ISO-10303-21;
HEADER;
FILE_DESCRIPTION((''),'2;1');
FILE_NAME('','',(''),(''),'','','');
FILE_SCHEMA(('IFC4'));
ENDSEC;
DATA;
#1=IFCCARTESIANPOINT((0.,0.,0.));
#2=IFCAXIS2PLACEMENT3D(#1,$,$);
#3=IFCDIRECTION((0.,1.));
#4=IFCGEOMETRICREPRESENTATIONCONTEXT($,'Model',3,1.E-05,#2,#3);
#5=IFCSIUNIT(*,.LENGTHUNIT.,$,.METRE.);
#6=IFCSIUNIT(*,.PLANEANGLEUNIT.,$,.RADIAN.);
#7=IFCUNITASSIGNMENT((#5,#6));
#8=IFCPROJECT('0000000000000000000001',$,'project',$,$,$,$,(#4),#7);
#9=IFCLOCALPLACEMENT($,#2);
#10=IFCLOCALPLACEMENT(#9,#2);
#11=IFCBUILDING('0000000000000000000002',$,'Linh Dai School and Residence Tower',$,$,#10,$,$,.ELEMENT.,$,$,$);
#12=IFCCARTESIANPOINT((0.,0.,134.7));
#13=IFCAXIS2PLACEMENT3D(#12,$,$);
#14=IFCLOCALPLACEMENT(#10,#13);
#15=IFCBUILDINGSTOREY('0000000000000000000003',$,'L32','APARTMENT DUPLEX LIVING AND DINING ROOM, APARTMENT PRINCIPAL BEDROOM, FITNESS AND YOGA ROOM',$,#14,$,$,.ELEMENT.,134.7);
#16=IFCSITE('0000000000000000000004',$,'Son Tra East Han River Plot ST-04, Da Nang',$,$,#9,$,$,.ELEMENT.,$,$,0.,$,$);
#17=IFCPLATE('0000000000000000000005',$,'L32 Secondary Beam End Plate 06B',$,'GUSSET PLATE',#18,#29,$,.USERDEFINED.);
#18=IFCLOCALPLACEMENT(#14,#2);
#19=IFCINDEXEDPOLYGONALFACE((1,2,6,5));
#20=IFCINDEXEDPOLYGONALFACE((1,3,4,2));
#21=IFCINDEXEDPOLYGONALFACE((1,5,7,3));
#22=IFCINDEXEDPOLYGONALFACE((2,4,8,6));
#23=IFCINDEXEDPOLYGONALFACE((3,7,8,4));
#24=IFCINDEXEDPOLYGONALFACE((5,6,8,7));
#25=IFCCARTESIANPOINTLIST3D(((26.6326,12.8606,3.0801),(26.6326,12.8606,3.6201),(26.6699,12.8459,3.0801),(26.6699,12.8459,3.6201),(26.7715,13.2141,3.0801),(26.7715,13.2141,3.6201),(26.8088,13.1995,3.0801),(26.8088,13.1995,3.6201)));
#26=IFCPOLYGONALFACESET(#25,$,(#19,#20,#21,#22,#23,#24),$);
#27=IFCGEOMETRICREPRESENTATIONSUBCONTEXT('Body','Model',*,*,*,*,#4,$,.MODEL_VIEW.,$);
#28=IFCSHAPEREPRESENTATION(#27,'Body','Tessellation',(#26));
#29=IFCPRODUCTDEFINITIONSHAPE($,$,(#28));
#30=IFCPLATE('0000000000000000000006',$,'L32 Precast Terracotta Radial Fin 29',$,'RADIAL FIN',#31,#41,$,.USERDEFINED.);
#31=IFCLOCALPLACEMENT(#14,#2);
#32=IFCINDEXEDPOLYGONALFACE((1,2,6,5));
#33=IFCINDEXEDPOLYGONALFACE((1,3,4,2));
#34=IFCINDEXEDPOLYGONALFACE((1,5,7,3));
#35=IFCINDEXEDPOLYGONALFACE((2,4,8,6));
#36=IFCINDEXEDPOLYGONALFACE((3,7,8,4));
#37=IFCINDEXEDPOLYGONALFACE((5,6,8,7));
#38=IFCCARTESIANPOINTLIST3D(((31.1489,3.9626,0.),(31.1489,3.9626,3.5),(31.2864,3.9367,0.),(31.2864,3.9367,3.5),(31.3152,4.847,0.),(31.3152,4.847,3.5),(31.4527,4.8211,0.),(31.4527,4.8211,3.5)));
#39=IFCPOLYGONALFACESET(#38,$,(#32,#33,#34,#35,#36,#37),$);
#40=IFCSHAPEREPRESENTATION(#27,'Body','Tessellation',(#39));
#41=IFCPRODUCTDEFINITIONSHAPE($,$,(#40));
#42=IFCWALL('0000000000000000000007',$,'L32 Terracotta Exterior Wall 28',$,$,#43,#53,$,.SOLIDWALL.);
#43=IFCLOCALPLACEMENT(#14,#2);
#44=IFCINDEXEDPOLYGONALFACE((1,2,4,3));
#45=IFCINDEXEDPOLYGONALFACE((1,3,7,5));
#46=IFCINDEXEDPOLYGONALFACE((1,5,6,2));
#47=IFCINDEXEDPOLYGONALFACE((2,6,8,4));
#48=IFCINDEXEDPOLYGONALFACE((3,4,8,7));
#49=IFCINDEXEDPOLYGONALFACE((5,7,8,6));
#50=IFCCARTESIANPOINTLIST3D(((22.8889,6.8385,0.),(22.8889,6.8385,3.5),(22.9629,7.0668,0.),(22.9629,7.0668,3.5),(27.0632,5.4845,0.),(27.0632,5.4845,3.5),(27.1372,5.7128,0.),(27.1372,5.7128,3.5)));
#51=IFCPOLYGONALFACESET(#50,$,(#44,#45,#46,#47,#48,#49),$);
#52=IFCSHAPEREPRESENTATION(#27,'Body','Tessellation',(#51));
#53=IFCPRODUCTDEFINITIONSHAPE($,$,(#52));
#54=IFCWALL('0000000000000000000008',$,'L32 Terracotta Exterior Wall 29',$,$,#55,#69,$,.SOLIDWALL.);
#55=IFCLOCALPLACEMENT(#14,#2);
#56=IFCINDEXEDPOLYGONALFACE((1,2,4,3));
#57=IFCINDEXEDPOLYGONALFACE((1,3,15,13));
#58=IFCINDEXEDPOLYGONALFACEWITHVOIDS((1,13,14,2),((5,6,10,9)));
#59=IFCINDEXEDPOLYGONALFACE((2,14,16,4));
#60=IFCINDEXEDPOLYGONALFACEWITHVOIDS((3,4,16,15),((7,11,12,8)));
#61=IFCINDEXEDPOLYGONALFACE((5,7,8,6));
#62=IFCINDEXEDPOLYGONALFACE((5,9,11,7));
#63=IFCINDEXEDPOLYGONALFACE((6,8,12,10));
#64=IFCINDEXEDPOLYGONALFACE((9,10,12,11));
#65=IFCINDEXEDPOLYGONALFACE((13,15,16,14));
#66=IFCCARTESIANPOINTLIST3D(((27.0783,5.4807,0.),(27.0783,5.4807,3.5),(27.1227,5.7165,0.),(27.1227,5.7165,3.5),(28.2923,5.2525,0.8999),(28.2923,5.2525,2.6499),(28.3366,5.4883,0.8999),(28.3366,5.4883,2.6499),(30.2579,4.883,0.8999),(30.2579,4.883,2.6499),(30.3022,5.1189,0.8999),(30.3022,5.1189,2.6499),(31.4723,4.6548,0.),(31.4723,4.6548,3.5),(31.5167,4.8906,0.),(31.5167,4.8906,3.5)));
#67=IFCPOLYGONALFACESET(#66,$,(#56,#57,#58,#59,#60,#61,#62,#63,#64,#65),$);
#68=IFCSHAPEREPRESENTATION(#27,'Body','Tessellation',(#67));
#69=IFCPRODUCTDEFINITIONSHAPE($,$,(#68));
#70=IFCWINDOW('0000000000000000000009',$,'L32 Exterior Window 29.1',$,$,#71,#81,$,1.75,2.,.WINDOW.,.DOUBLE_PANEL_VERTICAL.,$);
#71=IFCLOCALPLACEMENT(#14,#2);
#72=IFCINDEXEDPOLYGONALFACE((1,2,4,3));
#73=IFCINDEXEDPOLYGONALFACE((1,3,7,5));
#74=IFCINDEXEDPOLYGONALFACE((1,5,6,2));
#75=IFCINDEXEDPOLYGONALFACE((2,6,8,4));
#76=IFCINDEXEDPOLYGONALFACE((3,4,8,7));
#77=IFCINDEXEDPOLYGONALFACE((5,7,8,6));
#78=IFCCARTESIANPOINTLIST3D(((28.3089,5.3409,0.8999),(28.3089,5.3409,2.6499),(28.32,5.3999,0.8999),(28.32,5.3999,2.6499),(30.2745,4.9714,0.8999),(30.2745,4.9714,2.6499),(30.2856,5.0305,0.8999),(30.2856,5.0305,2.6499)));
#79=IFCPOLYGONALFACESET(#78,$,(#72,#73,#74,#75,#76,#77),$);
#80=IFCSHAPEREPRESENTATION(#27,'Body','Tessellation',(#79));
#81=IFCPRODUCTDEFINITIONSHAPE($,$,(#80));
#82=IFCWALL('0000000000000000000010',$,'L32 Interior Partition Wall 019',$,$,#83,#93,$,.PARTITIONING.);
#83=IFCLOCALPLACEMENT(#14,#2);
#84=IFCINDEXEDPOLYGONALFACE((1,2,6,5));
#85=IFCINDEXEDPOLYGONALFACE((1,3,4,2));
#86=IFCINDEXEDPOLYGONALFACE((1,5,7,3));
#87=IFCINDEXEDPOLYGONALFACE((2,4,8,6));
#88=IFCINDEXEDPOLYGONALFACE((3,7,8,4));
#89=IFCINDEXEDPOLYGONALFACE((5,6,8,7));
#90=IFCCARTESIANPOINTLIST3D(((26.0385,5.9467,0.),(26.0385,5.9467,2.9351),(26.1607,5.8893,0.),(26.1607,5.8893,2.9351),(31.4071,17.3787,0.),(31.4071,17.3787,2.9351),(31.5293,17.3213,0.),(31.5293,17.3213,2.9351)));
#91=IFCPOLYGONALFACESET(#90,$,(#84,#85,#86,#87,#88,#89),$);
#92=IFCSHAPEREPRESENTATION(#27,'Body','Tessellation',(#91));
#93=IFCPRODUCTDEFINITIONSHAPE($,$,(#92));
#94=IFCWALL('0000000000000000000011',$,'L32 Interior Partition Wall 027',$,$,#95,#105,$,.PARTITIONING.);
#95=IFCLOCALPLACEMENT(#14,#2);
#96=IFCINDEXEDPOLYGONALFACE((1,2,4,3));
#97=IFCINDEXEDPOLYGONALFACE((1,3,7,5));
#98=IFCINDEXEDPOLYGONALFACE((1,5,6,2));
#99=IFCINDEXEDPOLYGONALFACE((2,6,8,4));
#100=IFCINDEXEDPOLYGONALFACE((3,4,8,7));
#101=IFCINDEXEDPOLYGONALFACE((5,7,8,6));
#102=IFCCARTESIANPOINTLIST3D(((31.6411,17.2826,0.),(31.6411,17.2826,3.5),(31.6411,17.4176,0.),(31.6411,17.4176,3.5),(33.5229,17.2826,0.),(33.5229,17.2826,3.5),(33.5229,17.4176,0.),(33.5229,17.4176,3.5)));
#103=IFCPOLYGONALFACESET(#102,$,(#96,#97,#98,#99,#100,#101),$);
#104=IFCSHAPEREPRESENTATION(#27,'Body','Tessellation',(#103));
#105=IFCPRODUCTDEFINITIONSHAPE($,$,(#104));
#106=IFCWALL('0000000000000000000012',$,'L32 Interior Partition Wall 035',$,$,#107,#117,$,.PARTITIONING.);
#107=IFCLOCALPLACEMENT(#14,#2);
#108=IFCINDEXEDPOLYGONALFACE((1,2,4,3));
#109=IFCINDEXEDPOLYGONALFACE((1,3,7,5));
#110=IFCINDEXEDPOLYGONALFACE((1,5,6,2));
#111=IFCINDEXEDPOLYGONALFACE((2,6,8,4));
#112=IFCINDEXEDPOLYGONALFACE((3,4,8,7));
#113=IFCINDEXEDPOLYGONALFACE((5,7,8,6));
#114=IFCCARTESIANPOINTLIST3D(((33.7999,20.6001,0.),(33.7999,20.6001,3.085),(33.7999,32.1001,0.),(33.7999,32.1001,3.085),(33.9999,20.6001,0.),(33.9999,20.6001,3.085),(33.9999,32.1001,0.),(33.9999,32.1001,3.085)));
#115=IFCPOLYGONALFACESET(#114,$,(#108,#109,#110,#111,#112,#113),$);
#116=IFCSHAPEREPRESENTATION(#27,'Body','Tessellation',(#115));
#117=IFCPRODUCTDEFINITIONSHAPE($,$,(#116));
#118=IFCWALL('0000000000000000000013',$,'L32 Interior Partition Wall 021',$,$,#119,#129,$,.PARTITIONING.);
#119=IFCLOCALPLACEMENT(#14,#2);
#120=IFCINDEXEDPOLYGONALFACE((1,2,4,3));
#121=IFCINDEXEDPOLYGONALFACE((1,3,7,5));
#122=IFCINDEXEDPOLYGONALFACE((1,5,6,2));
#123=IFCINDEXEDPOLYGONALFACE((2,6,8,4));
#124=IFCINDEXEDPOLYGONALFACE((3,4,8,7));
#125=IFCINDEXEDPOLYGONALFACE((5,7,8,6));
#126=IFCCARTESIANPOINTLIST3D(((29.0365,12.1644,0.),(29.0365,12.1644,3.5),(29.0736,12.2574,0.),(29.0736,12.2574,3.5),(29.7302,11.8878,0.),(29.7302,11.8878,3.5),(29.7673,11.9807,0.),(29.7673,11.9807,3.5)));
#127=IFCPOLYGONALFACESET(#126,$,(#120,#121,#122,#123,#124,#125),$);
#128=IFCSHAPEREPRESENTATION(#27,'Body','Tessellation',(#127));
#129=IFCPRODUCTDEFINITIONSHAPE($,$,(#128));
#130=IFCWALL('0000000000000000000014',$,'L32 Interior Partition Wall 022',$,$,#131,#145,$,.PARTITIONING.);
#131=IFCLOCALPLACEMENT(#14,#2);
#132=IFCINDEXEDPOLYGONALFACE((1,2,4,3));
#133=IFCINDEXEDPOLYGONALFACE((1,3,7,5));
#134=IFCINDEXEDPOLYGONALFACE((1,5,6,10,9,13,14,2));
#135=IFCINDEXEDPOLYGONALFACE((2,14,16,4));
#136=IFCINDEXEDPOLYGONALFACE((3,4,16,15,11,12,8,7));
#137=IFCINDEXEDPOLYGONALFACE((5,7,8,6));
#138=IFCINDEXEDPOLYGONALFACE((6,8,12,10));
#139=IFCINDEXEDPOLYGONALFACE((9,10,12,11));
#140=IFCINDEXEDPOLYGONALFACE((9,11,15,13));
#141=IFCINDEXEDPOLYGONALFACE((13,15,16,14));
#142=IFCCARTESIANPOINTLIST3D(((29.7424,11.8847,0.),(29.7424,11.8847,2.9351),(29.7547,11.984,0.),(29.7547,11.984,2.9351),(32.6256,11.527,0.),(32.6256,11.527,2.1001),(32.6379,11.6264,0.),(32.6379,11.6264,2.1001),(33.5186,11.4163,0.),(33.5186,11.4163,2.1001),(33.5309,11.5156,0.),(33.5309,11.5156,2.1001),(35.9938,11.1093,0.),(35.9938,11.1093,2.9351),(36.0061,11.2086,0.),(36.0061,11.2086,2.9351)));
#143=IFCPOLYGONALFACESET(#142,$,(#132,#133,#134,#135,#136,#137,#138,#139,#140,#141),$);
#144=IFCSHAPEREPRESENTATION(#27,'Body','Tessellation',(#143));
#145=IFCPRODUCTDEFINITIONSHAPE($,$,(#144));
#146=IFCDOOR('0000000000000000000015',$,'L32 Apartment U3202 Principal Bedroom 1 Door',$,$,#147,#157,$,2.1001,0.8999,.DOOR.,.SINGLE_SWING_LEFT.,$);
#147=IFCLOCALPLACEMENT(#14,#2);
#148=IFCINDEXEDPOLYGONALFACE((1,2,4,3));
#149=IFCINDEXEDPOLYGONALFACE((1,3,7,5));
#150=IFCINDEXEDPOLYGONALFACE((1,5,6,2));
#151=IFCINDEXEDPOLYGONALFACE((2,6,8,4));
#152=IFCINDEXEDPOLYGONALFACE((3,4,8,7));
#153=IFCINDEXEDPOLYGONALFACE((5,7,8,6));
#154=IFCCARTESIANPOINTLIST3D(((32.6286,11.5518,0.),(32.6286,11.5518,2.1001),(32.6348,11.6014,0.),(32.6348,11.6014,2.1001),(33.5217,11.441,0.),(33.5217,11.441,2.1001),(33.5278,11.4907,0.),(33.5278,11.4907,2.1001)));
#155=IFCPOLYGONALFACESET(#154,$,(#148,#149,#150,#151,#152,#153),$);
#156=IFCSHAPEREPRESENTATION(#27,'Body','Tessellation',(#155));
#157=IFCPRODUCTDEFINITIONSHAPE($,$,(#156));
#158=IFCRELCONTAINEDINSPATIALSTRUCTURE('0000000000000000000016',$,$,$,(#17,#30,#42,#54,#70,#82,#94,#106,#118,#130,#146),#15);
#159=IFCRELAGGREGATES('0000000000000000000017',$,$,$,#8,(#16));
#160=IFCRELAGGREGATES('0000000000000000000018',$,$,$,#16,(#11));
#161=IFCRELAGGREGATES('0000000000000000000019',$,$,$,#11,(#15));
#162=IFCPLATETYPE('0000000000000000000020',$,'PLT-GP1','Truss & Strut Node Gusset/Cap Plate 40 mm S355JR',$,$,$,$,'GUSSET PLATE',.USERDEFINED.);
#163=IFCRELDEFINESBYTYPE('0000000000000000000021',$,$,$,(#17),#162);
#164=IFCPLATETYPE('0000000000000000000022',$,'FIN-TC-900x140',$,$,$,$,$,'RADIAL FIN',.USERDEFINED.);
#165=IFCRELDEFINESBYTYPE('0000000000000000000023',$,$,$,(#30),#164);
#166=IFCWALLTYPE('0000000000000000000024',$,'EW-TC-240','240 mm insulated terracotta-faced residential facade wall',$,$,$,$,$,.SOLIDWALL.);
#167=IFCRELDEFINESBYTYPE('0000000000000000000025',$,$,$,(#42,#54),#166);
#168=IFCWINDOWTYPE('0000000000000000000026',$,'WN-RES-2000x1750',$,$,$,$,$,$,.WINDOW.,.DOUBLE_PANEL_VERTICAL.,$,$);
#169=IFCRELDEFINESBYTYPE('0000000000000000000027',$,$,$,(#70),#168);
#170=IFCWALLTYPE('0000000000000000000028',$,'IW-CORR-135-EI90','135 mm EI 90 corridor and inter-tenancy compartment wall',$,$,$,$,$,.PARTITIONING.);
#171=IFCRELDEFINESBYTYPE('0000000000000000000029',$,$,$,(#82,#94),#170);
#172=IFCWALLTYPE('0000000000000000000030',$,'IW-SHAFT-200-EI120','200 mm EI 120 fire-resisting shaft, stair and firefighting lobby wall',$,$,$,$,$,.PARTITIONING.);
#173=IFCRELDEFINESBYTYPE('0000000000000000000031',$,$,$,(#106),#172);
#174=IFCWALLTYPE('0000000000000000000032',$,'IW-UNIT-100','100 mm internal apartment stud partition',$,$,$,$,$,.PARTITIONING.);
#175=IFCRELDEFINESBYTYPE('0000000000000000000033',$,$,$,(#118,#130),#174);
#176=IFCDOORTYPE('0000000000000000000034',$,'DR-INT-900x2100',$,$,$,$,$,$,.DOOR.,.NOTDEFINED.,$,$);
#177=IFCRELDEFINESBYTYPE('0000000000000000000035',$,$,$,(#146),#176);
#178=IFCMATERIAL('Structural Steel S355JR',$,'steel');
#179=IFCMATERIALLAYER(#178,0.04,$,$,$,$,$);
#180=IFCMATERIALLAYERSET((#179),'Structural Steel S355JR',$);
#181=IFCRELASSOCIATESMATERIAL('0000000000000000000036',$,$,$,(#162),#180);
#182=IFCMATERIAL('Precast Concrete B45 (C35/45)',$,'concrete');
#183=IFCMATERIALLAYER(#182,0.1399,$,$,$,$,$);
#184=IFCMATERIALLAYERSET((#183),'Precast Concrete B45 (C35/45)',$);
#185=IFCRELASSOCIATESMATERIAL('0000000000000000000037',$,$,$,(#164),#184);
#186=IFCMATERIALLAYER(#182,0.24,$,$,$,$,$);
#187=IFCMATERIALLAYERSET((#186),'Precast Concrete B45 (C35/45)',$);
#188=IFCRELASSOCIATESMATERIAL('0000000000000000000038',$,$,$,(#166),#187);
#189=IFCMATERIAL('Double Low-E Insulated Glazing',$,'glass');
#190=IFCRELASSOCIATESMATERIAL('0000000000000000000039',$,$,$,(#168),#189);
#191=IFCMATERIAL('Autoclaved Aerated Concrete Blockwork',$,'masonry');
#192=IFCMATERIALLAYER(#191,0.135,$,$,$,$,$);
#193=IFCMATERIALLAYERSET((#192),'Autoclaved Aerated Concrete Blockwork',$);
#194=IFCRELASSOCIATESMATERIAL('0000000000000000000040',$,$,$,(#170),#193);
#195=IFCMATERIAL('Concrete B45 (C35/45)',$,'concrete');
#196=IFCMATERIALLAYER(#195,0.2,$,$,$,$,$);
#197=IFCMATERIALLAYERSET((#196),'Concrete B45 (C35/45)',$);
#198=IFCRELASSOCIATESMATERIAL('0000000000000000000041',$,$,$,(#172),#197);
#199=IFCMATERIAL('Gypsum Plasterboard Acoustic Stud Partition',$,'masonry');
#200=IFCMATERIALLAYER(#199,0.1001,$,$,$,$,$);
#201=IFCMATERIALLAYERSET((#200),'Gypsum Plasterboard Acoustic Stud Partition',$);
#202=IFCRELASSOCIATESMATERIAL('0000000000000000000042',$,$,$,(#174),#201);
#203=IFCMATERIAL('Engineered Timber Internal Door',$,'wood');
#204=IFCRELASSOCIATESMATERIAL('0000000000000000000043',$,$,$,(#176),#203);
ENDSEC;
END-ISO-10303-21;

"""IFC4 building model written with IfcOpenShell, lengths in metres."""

from ifc_helpers import new_model, si_unit, direction, frame, frame_2d, origin, origin_2d, place, context, subcontext, project, spatial, rectangle, extrude, source, transform, mapped, material, layer, layer_set, type_object, element, fill, save


model = new_model("IFC4")

# Units and contexts
model_context = context("Model", 3, precision=1e-05, world=origin(), true_north=direction((0.0, 1.0)))
body_context = subcontext(model_context, "Body", "Model", "MODEL_VIEW")
ifc_project = project(units=[si_unit("LENGTHUNIT", "METRE"), si_unit("PLANEANGLEUNIT", "RADIAN")], contexts=[model_context])

# Site, building, storey
site_placement = place(None, origin())
site = spatial("IfcSite", under=ifc_project, at=site_placement, Name="Son Tra East Han River Plot ST-04, Da Nang", CompositionType="ELEMENT", RefElevation=0.0)
building_placement = place(site_placement, origin())
building = spatial("IfcBuilding", under=site, at=building_placement, Name="Linh Dai School and Residence Tower", CompositionType="ELEMENT")
storey_placement = place(building_placement, frame((0.0, 0.0, 134.7)))
storey = spatial("IfcBuildingStorey", under=building, at=storey_placement, Name="L32", Description="APARTMENT DUPLEX LIVING AND DINING ROOM, APARTMENT PRINCIPAL BEDROOM, FITNESS AND YOGA ROOM", CompositionType="ELEMENT", Elevation=134.7)

# Shared definitions
ifc_material_1 = material(Name="Structural Steel S355JR", Category="steel")

# Plates
ifc_layer_1 = layer(ifc_material_1, 0.04)
ifc_layer_set_1 = layer_set([ifc_layer_1], Name="Structural Steel S355JR")
plate_type_1 = type_object("IfcPlateType", Name="PLT-GP1", Description="Truss & Strut Node Gusset/Cap Plate 40 mm S355JR", ElementType="GUSSET PLATE", PredefinedType="USERDEFINED", material=ifc_layer_set_1)
shared_shape_1 = source(origin(), body_context, "Body", "SweptSolid", [
    extrude(rectangle(XDim=0.04, YDim=0.3799, at=origin_2d()), origin(), (0.0, 0.0, 1.0), 0.54),
])
plate_1_placement = place(storey_placement, frame((26.7207, 13.03, 3.0801), z_axis=(0.0, 0.0, 1.0), x_axis=(0.930752, -0.36565, 0.0)))
element("IfcPlate", 1, at=plate_1_placement, inside=storey, type_object=plate_type_1, Name="L32 Secondary Beam End Plate 06B", ObjectType="GUSSET PLATE", PredefinedType="USERDEFINED", context=body_context, shape_type="MappedRepresentation", body=[
    mapped(shared_shape_1, transform((0.0, 0.0, 0.0), x_axis=(1.0, 0.0, 0.0), y_axis=(0.0, 1.0, 0.0), z_axis=(0.0, 0.0, 1.0), scale=1.0)),
])
ifc_material_2 = material(Name="Precast Concrete B45 (C35/45)", Category="concrete")
ifc_layer_2 = layer(ifc_material_2, 0.1399)
ifc_layer_set_2 = layer_set([ifc_layer_2], Name="Precast Concrete B45 (C35/45)")
plate_type_2 = type_object("IfcPlateType", Name="FIN-TC-900x140", ElementType="RADIAL FIN", PredefinedType="USERDEFINED", material=ifc_layer_set_2)
shared_shape_2 = source(origin(), body_context, "Body", "SweptSolid", [
    extrude(rectangle(XDim=0.8999, YDim=0.1399, at=origin_2d()), origin(), (0.0, 0.0, 1.0), 3.5),
])
plate_2_placement = place(storey_placement, frame((31.3008, 4.3918, 0.0), z_axis=(0.0, 0.0, 1.0), x_axis=(-0.184755, -0.982785, 0.0)))
element("IfcPlate", 2, at=plate_2_placement, inside=storey, type_object=plate_type_2, Name="L32 Precast Terracotta Radial Fin 29", ObjectType="RADIAL FIN", PredefinedType="USERDEFINED", context=body_context, shape_type="MappedRepresentation", body=[
    mapped(shared_shape_2, transform((0.0, 0.0, 0.0), x_axis=(1.0, 0.0, 0.0), y_axis=(0.0, 1.0, 0.0), z_axis=(0.0, 0.0, 1.0), scale=1.0)),
])

# Wall
ifc_layer_3 = layer(ifc_material_2, 0.24)
ifc_layer_set_3 = layer_set([ifc_layer_3], Name="Precast Concrete B45 (C35/45)")
wall_type_1 = type_object("IfcWallType", Name="EW-TC-240", Description="240 mm insulated terracotta-faced residential facade wall", PredefinedType="SOLIDWALL", material=ifc_layer_set_3)
wall_1_placement = place(storey_placement, frame((27.1003, 5.5986, 0.0), z_axis=(0.0, 0.0, 1.0), x_axis=(-0.951211, 0.30854, 0.0)))
element("IfcWall", 3, at=wall_1_placement, inside=storey, type_object=wall_type_1, Name="L32 Terracotta Exterior Wall 28", PredefinedType="SOLIDWALL", context=body_context, shape_type="SweptSolid", body=[
    extrude(rectangle(XDim=4.3884, YDim=0.24, at=frame_2d((2.1943, 0.0))), origin(), (0.0, 0.0, 1.0), 3.5),
])

# Wall, opening, window
wall_2_placement = place(storey_placement, frame((31.4944, 4.7727, 0.0), z_axis=(0.0, 0.0, 1.0), x_axis=(-0.982789, 0.18473, 0.0)))
wall_2 = element("IfcWall", 4, at=wall_2_placement, inside=storey, type_object=wall_type_1, Name="L32 Terracotta Exterior Wall 29", PredefinedType="SOLIDWALL", context=body_context, shape_type="SweptSolid", body=[
    extrude(rectangle(XDim=4.4709, YDim=0.24, at=frame_2d((2.2354, 0.0))), origin(), (0.0, 0.0, 1.0), 3.5),
])
opening_1_placement = place(wall_2_placement, frame((1.2356, 0.0, 0.8999)))
opening_1 = element("IfcOpeningElement", 5, at=opening_1_placement, cuts=wall_2, PredefinedType="OPENING", context=body_context, shape_type="SweptSolid", body=[
    extrude(rectangle(XDim=2.0, YDim=1.75, at=origin_2d()), frame((1.0, 0.1299, 0.875), z_axis=(0.0, -1.0, 0.0), x_axis=(1.0, 0.0, 0.0)), (0.0, 0.0, 1.0), 0.26),
])
ifc_material_3 = material(Name="Double Low-E Insulated Glazing", Category="glass")
window_type = type_object("IfcWindowType", Name="WN-RES-2000x1750", PartitioningType="DOUBLE_PANEL_VERTICAL", PredefinedType="WINDOW", material=ifc_material_3)
shared_shape_3 = source(origin(), body_context, "Body", "SweptSolid", [
    extrude(rectangle(XDim=2.0, YDim=1.75, at=origin_2d()), frame((1.0, 0.03, 0.875), z_axis=(0.0, -1.0, 0.0), x_axis=(1.0, 0.0, 0.0)), (0.0, 0.0, 1.0), 0.0601),
])
window_placement = place(opening_1_placement, origin())
window = element("IfcWindow", 6, at=window_placement, inside=storey, type_object=window_type, Name="L32 Exterior Window 29.1", OverallHeight=1.75, OverallWidth=2.0, PartitioningType="DOUBLE_PANEL_VERTICAL", PredefinedType="WINDOW", context=body_context, shape_type="MappedRepresentation", body=[
    mapped(shared_shape_3, transform((0.0, 0.0, 0.0), x_axis=(1.0, 0.0, 0.0), y_axis=(0.0, 1.0, 0.0), z_axis=(0.0, 0.0, 1.0), scale=1.0)),
])
fill(opening_1, window)

# Walls
ifc_material_4 = material(Name="Autoclaved Aerated Concrete Blockwork", Category="masonry")
ifc_layer_4 = layer(ifc_material_4, 0.135)
ifc_layer_set_4 = layer_set([ifc_layer_4], Name="Autoclaved Aerated Concrete Blockwork")
wall_type_2 = type_object("IfcWallType", Name="IW-CORR-135-EI90", Description="135 mm EI 90 corridor and inter-tenancy compartment wall", PredefinedType="PARTITIONING", material=ifc_layer_set_4)
wall_3_placement = place(storey_placement, frame((26.0996, 5.918, 0.0), z_axis=(0.0, 0.0, 1.0), x_axis=(0.425073, 0.905159, 0.0)))
element("IfcWall", 7, at=wall_3_placement, inside=storey, type_object=wall_type_2, Name="L32 Interior Partition Wall 019", PredefinedType="PARTITIONING", context=body_context, shape_type="SweptSolid", body=[
    extrude(rectangle(XDim=12.6299, YDim=0.135, at=frame_2d((6.3149, 0.0))), origin(), (0.0, 0.0, 1.0), 2.9351),
])
wall_4_placement = place(storey_placement, frame((31.6411, 17.3501, 0.0), z_axis=(0.0, 0.0, 1.0), x_axis=(1.0, 0.0, 0.0)))
element("IfcWall", 8, at=wall_4_placement, inside=storey, type_object=wall_type_2, Name="L32 Interior Partition Wall 027", PredefinedType="PARTITIONING", context=body_context, shape_type="SweptSolid", body=[
    extrude(rectangle(XDim=1.8818, YDim=0.135, at=frame_2d((0.9409, 0.0))), origin(), (0.0, 0.0, 1.0), 3.5),
])
ifc_material_5 = material(Name="Concrete B45 (C35/45)", Category="concrete")
ifc_layer_5 = layer(ifc_material_5, 0.2)
ifc_layer_set_5 = layer_set([ifc_layer_5], Name="Concrete B45 (C35/45)")
wall_type_3 = type_object("IfcWallType", Name="IW-SHAFT-200-EI120", Description="200 mm EI 120 fire-resisting shaft, stair and firefighting lobby wall", PredefinedType="PARTITIONING", material=ifc_layer_set_5)
wall_5_placement = place(storey_placement, frame((33.8999, 20.6001, 0.0), z_axis=(0.0, 0.0, 1.0), x_axis=(0.0, 1.0, 0.0)))
element("IfcWall", 9, at=wall_5_placement, inside=storey, type_object=wall_type_3, Name="L32 Interior Partition Wall 035", PredefinedType="PARTITIONING", context=body_context, shape_type="SweptSolid", body=[
    extrude(rectangle(XDim=11.5, YDim=0.2, at=frame_2d((5.75, 0.0))), origin(), (0.0, 0.0, 1.0), 3.085),
])
ifc_material_6 = material(Name="Gypsum Plasterboard Acoustic Stud Partition", Category="masonry")
ifc_layer_6 = layer(ifc_material_6, 0.1001)
ifc_layer_set_6 = layer_set([ifc_layer_6], Name="Gypsum Plasterboard Acoustic Stud Partition")
wall_type_4 = type_object("IfcWallType", Name="IW-UNIT-100", Description="100 mm internal apartment stud partition", PredefinedType="PARTITIONING", material=ifc_layer_set_6)
wall_6_placement = place(storey_placement, frame((29.0549, 12.2109, 0.0), z_axis=(0.0, 0.0, 1.0), x_axis=(0.92886, -0.370432, 0.0)))
element("IfcWall", 10, at=wall_6_placement, inside=storey, type_object=wall_type_4, Name="L32 Interior Partition Wall 021", PredefinedType="PARTITIONING", context=body_context, shape_type="SweptSolid", body=[
    extrude(rectangle(XDim=0.7468, YDim=0.1001, at=frame_2d((0.3735, 0.0))), origin(), (0.0, 0.0, 1.0), 3.5),
])

# Wall, opening, door
wall_7_placement = place(storey_placement, frame((29.7485, 11.9343, 0.0), z_axis=(0.0, 0.0, 1.0), x_axis=(0.992395, -0.12309, 0.0)))
wall_7 = element("IfcWall", 11, at=wall_7_placement, inside=storey, type_object=wall_type_4, Name="L32 Interior Partition Wall 022", PredefinedType="PARTITIONING", context=body_context, shape_type="SweptSolid", body=[
    extrude(rectangle(XDim=6.2993, YDim=0.1001, at=frame_2d((3.1497, 0.0))), origin(), (0.0, 0.0, 1.0), 2.9351),
])
opening_2_placement = place(wall_7_placement, frame((2.9053, 0.0, 0.0)))
opening_2 = element("IfcOpeningElement", 12, at=opening_2_placement, cuts=wall_7, PredefinedType="OPENING", context=body_context, shape_type="SweptSolid", body=[
    extrude(rectangle(XDim=0.8999, YDim=2.1001, at=origin_2d()), frame((0.45, 0.0601, 1.05), z_axis=(0.0, -1.0, 0.0), x_axis=(1.0, 0.0, 0.0)), (0.0, 0.0, 1.0), 0.1201),
])
ifc_material_7 = material(Name="Engineered Timber Internal Door", Category="wood")
door_type_1 = type_object("IfcDoorType", Name="DR-INT-900x2100", OperationType="NOTDEFINED", PredefinedType="DOOR", material=ifc_material_7)
shared_shape_4 = source(origin(), body_context, "Body", "SweptSolid", [
    extrude(rectangle(XDim=0.8999, YDim=2.1001, at=origin_2d()), frame((0.45, 0.0249, 1.05), z_axis=(0.0, -1.0, 0.0), x_axis=(1.0, 0.0, 0.0)), (0.0, 0.0, 1.0), 0.05),
])
door_1_placement = place(opening_2_placement, origin())
door_1 = element("IfcDoor", 13, at=door_1_placement, inside=storey, type_object=door_type_1, Name="L32 Apartment U3202 Principal Bedroom 1 Door", OperationType="SINGLE_SWING_LEFT", OverallHeight=2.1001, OverallWidth=0.8999, PredefinedType="DOOR", context=body_context, shape_type="MappedRepresentation", body=[
    mapped(shared_shape_4, transform((0.0, 0.0, 0.0), x_axis=(1.0, 0.0, 0.0), y_axis=(0.0, 1.0, 0.0), z_axis=(0.0, 0.0, 1.0), scale=1.0)),
])
fill(opening_2, door_1)

save(model, "model.ifc")
